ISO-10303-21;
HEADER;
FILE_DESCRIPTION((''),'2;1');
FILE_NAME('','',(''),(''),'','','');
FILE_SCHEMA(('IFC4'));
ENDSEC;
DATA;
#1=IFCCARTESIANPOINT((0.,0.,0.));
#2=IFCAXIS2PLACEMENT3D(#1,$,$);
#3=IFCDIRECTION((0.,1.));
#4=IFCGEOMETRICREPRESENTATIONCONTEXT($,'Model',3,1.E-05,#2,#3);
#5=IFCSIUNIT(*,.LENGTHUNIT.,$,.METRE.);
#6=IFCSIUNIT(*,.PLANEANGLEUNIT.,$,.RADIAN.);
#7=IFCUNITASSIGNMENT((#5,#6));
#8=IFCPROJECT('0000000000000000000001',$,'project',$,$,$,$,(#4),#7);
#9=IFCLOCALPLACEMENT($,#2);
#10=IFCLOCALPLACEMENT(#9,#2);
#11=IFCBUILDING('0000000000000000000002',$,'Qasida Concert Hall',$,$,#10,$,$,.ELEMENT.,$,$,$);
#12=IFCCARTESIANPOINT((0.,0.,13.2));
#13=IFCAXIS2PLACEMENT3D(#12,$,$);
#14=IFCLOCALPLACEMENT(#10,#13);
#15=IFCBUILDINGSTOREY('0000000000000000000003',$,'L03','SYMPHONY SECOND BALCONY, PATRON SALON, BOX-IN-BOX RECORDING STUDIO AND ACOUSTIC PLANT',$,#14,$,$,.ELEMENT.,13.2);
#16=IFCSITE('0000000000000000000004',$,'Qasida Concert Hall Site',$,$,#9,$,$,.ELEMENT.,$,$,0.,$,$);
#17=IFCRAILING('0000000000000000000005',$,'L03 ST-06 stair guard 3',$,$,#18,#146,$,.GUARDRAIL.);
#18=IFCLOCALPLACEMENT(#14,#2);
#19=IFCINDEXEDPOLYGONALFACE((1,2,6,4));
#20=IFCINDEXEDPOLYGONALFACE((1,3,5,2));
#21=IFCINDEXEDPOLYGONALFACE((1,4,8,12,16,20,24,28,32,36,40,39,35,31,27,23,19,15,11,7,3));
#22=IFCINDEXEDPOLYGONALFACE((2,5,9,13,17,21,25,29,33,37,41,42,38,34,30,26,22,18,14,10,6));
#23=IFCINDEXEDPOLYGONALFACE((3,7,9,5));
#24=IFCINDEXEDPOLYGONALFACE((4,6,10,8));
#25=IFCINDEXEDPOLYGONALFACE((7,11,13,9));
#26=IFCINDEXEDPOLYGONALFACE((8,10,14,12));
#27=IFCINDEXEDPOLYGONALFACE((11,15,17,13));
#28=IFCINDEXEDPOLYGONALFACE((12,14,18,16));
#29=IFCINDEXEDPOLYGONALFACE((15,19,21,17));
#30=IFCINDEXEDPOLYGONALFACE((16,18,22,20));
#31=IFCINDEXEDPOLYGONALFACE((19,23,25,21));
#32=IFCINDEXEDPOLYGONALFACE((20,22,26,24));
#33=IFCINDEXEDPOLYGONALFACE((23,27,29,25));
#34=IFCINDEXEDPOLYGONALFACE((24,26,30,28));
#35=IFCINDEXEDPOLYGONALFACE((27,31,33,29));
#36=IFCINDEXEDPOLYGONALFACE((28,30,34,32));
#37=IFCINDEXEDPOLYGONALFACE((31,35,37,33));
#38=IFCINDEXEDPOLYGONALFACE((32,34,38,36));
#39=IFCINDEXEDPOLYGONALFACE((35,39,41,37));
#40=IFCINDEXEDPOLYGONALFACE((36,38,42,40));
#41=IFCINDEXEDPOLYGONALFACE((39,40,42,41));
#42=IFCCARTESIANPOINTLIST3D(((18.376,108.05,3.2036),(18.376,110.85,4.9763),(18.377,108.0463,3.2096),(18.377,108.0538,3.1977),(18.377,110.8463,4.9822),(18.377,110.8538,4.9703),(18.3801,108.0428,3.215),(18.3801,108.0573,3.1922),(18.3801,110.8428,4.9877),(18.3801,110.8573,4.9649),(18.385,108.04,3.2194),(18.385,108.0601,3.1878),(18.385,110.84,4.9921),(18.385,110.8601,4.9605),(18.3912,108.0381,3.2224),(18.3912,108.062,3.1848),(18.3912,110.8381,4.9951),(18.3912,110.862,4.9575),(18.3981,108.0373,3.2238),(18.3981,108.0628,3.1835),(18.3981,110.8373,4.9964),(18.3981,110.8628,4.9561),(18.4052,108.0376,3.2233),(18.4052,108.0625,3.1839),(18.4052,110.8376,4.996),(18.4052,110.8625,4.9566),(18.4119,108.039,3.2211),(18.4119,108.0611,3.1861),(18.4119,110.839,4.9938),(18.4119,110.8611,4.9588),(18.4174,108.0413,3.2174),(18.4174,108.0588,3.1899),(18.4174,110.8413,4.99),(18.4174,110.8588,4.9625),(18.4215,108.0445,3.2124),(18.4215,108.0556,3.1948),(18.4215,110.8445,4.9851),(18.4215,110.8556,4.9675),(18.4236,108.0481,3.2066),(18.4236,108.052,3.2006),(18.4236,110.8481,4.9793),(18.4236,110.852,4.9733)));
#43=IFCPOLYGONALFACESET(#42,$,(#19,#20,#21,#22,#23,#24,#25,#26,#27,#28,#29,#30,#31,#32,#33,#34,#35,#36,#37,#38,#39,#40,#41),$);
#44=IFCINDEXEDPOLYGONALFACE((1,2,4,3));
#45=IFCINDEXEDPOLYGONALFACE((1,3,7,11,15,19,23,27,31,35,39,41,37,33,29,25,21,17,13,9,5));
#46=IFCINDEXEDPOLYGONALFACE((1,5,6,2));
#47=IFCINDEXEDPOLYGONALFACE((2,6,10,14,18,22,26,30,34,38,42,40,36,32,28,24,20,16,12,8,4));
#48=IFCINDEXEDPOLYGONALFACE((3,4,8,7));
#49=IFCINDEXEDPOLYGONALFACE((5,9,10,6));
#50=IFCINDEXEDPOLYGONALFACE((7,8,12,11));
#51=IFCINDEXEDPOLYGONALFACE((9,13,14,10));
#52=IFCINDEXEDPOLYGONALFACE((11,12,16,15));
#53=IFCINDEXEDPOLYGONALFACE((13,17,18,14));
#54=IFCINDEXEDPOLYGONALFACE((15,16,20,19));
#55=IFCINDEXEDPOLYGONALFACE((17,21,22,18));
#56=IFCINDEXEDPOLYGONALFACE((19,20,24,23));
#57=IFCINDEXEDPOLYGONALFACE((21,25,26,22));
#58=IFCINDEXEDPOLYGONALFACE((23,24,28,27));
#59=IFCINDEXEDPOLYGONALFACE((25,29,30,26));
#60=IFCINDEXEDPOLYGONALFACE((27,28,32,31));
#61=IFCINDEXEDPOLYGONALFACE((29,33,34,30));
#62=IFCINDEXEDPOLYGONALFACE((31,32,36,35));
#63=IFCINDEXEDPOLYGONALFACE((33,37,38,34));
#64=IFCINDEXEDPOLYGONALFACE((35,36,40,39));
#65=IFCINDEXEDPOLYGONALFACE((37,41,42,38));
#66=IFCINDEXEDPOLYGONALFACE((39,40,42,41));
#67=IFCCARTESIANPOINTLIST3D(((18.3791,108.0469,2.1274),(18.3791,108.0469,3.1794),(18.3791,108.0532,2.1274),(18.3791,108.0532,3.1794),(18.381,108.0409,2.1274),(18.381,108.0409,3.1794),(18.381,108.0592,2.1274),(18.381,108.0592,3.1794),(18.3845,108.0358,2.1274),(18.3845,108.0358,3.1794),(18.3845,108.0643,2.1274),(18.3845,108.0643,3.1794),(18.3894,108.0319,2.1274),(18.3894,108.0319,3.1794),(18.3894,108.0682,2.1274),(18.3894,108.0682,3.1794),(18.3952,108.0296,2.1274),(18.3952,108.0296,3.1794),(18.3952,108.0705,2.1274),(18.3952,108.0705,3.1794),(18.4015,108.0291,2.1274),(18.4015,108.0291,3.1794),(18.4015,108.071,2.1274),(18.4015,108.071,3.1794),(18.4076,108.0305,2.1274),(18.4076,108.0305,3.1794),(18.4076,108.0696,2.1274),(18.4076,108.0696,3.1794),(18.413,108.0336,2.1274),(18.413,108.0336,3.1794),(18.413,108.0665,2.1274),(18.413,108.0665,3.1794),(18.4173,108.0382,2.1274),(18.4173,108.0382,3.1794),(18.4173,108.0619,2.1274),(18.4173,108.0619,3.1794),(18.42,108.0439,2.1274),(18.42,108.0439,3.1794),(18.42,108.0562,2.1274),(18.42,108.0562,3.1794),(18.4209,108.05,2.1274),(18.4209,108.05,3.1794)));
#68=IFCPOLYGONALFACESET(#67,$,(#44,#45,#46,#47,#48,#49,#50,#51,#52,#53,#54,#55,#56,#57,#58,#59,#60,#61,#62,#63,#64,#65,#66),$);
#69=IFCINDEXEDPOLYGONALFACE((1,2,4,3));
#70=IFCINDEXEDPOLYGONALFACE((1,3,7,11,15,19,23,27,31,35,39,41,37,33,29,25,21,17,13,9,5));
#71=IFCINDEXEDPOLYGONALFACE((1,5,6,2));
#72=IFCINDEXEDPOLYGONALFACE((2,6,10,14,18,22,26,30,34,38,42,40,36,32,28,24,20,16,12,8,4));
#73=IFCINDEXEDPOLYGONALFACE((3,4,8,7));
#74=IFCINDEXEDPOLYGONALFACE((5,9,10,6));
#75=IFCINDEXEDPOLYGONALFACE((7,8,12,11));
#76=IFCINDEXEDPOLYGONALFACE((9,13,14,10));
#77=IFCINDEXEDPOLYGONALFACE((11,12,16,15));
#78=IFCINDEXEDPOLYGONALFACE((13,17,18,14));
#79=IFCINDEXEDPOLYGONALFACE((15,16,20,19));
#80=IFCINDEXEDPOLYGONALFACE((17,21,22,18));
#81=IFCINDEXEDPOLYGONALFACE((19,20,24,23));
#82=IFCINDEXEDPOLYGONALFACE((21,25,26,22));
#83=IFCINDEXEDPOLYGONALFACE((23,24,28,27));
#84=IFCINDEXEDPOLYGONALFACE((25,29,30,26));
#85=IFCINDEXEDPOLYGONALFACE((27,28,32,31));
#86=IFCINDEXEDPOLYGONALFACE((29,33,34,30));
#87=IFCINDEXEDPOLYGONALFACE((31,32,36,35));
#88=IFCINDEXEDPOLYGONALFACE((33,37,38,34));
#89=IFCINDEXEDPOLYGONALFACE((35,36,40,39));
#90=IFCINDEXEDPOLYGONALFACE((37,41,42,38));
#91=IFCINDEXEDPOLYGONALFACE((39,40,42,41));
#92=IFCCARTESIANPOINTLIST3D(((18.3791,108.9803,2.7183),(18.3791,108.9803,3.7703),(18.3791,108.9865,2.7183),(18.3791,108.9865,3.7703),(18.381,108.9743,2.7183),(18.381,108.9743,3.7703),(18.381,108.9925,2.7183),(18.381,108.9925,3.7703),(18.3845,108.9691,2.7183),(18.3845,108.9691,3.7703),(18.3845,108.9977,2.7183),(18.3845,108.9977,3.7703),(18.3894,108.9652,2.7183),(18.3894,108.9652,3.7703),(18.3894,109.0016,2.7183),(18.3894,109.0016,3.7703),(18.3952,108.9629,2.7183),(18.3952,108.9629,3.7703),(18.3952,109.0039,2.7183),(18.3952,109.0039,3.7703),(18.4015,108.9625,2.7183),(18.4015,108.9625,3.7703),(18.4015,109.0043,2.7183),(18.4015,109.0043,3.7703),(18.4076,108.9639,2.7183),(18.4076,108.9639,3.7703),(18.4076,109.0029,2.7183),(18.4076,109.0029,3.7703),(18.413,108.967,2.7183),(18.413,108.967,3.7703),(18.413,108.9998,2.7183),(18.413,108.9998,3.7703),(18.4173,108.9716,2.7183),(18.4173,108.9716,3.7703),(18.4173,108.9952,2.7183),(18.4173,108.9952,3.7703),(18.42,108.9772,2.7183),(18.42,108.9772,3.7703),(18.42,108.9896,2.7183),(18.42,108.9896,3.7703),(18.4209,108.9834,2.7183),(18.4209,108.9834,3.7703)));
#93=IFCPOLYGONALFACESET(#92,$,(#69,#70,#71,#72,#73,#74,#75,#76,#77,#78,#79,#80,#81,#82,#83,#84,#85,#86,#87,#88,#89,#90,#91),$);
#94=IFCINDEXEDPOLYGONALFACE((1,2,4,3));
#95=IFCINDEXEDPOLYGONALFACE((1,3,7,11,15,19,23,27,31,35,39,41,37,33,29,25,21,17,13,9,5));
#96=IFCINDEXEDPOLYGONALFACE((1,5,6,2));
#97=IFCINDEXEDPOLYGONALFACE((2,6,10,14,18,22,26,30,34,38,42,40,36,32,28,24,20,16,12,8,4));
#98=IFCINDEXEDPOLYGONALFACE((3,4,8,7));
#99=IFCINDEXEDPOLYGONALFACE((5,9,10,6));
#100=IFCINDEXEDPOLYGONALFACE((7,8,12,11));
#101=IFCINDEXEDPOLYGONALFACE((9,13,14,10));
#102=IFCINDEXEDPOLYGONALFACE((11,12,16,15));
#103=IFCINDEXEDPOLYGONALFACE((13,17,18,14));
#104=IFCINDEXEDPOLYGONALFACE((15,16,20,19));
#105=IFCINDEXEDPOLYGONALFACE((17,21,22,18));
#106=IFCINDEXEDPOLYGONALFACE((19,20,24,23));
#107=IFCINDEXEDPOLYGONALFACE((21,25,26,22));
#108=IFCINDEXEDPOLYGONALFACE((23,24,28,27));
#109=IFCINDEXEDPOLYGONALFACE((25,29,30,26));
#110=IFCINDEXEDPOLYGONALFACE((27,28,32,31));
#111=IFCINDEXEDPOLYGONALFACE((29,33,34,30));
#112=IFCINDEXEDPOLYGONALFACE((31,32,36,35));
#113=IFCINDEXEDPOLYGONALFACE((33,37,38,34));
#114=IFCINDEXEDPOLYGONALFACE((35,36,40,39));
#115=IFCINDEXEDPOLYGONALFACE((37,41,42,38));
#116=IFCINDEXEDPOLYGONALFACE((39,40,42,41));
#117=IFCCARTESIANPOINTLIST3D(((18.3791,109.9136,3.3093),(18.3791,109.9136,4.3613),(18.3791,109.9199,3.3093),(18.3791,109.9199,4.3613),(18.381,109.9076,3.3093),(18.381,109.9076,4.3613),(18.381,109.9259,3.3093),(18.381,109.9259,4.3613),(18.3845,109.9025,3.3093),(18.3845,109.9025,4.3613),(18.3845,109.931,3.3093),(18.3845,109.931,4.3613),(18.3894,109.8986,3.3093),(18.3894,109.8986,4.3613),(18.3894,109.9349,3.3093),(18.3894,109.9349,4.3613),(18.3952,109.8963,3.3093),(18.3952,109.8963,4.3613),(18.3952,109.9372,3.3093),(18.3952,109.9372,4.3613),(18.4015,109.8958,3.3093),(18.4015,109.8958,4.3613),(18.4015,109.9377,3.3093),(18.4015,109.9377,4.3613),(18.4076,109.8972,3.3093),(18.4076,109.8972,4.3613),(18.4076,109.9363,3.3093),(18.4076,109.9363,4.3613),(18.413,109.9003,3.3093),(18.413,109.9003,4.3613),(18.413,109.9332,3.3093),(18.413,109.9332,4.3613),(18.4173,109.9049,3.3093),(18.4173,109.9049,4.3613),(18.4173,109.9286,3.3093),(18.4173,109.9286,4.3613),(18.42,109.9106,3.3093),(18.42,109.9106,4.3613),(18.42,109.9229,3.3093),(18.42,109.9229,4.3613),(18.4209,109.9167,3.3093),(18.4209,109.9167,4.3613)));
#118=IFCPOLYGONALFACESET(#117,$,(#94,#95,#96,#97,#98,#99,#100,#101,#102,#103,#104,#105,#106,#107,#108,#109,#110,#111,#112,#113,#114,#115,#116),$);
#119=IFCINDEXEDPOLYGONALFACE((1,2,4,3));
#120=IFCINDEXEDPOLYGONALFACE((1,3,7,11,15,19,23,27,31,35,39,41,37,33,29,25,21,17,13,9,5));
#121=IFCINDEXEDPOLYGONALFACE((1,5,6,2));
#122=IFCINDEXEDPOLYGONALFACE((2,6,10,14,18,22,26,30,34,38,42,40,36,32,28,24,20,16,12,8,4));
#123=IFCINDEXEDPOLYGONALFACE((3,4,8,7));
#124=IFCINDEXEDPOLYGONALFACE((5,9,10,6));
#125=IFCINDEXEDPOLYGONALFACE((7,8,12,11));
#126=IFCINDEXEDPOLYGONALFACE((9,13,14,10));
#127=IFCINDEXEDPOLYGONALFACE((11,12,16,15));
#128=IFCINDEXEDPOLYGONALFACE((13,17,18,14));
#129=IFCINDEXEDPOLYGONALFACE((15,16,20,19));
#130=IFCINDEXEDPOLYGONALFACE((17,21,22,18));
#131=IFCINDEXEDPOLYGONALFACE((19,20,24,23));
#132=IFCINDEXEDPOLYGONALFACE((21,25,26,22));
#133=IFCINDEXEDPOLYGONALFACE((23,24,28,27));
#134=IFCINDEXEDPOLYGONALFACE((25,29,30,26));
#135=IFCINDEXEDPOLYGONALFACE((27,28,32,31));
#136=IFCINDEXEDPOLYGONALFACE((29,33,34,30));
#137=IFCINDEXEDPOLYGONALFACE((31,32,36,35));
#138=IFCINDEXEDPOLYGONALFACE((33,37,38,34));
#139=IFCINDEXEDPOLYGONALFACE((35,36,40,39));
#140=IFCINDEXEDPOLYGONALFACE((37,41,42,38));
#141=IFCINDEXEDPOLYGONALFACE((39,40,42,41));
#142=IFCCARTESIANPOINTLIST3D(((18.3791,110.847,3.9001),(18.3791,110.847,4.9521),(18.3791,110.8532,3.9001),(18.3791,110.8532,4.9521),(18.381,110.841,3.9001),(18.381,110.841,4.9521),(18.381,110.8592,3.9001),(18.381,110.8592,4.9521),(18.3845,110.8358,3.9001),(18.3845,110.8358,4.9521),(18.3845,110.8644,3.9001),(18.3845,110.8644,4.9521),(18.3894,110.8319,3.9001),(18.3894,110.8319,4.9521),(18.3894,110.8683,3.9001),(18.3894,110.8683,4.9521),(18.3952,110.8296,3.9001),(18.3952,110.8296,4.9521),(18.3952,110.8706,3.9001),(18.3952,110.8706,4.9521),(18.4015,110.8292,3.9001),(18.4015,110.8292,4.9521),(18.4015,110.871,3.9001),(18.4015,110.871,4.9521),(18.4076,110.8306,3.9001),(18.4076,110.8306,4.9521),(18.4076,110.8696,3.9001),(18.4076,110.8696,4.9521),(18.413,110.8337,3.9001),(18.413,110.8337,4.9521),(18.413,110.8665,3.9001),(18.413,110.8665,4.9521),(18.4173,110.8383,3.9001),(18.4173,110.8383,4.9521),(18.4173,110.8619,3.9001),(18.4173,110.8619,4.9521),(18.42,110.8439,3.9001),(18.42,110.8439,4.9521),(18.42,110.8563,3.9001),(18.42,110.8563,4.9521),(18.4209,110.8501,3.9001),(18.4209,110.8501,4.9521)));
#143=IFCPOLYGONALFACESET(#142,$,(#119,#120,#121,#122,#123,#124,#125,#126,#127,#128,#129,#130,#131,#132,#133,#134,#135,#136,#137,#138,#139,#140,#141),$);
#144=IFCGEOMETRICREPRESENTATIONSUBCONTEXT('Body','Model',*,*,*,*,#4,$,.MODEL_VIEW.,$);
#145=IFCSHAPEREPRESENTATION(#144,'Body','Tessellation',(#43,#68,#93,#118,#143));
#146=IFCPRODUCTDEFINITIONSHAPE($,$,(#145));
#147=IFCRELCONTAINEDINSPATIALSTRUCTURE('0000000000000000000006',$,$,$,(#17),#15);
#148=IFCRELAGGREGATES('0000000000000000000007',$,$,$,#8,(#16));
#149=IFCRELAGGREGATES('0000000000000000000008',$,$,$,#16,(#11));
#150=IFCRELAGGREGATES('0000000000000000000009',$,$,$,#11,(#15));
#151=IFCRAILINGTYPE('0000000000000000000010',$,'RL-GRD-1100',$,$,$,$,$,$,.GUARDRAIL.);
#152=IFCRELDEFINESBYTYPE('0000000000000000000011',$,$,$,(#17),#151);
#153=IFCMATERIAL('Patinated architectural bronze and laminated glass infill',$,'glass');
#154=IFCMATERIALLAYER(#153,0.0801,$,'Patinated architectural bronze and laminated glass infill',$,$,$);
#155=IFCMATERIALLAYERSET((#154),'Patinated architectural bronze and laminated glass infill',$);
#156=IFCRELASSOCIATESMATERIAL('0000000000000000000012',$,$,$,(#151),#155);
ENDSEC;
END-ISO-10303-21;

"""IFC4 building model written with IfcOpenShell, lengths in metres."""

from ifc_helpers import new_model, si_unit, direction, frame, origin, origin_2d, place, context, subcontext, project, spatial, circle, extrude, material, layer, layer_set, type_object, element, save


model = new_model("IFC4")

# Units and contexts
model_context = context("Model", 3, precision=1e-05, world=origin(), true_north=direction((0.0, 1.0)))
body_context = subcontext(model_context, "Body", "Model", "MODEL_VIEW")
ifc_project = project(units=[si_unit("LENGTHUNIT", "METRE"), si_unit("PLANEANGLEUNIT", "RADIAN")], contexts=[model_context])

# Site, building, storey
site_placement = place(None, origin())
site = spatial("IfcSite", under=ifc_project, at=site_placement, Name="Qasida Concert Hall Site", CompositionType="ELEMENT", RefElevation=0.0)
building_placement = place(site_placement, origin())
building = spatial("IfcBuilding", under=site, at=building_placement, Name="Qasida Concert Hall", CompositionType="ELEMENT")
storey_placement = place(building_placement, frame((0.0, 0.0, 13.2)))
storey = spatial("IfcBuildingStorey", under=building, at=storey_placement, Name="L03", Description="SYMPHONY SECOND BALCONY, PATRON SALON, BOX-IN-BOX RECORDING STUDIO AND ACOUSTIC PLANT", CompositionType="ELEMENT", Elevation=13.2)

# Railing
ifc_material_1 = material(Name="Patinated architectural bronze and laminated glass infill", Category="glass")
ifc_layer_1 = layer(ifc_material_1, 0.0801, Name="Patinated architectural bronze and laminated glass infill")
ifc_layer_set_1 = layer_set([ifc_layer_1], Name="Patinated architectural bronze and laminated glass infill")
railing_type_1 = type_object("IfcRailingType", Name="RL-GRD-1100", PredefinedType="GUARDRAIL", material=ifc_layer_set_1)
railing_1_placement = place(storey_placement, frame((18.3999, 108.05, 2.1274)))
element("IfcRailing", 1, at=railing_1_placement, inside=storey, type_object=railing_type_1, Name="L03 ST-06 stair guard 3", PredefinedType="GUARDRAIL", context=body_context, shape_type="SweptSolid", body=[
    extrude(circle(Radius=0.0239, at=origin_2d()), frame((0.0, 0.0, 1.0762), z_axis=(0.0, 0.844909, 0.53491), x_axis=(-1.0, 0.0, 0.0)), (0.0, 0.0, 1.0), 3.314),
    extrude(circle(Radius=0.021, at=origin_2d()), origin(), (0.0, 0.0, 1.0), 1.052),
    extrude(circle(Radius=0.021, at=origin_2d()), frame((0.0, 0.9333, 0.5908)), (0.0, 0.0, 1.0), 1.052),
    extrude(circle(Radius=0.021, at=origin_2d()), frame((0.0, 1.8667, 1.1819)), (0.0, 0.0, 1.0), 1.052),
    extrude(circle(Radius=0.021, at=origin_2d()), frame((0.0, 2.8, 1.7727)), (0.0, 0.0, 1.0), 1.052),
])

save(model, "model.ifc")
